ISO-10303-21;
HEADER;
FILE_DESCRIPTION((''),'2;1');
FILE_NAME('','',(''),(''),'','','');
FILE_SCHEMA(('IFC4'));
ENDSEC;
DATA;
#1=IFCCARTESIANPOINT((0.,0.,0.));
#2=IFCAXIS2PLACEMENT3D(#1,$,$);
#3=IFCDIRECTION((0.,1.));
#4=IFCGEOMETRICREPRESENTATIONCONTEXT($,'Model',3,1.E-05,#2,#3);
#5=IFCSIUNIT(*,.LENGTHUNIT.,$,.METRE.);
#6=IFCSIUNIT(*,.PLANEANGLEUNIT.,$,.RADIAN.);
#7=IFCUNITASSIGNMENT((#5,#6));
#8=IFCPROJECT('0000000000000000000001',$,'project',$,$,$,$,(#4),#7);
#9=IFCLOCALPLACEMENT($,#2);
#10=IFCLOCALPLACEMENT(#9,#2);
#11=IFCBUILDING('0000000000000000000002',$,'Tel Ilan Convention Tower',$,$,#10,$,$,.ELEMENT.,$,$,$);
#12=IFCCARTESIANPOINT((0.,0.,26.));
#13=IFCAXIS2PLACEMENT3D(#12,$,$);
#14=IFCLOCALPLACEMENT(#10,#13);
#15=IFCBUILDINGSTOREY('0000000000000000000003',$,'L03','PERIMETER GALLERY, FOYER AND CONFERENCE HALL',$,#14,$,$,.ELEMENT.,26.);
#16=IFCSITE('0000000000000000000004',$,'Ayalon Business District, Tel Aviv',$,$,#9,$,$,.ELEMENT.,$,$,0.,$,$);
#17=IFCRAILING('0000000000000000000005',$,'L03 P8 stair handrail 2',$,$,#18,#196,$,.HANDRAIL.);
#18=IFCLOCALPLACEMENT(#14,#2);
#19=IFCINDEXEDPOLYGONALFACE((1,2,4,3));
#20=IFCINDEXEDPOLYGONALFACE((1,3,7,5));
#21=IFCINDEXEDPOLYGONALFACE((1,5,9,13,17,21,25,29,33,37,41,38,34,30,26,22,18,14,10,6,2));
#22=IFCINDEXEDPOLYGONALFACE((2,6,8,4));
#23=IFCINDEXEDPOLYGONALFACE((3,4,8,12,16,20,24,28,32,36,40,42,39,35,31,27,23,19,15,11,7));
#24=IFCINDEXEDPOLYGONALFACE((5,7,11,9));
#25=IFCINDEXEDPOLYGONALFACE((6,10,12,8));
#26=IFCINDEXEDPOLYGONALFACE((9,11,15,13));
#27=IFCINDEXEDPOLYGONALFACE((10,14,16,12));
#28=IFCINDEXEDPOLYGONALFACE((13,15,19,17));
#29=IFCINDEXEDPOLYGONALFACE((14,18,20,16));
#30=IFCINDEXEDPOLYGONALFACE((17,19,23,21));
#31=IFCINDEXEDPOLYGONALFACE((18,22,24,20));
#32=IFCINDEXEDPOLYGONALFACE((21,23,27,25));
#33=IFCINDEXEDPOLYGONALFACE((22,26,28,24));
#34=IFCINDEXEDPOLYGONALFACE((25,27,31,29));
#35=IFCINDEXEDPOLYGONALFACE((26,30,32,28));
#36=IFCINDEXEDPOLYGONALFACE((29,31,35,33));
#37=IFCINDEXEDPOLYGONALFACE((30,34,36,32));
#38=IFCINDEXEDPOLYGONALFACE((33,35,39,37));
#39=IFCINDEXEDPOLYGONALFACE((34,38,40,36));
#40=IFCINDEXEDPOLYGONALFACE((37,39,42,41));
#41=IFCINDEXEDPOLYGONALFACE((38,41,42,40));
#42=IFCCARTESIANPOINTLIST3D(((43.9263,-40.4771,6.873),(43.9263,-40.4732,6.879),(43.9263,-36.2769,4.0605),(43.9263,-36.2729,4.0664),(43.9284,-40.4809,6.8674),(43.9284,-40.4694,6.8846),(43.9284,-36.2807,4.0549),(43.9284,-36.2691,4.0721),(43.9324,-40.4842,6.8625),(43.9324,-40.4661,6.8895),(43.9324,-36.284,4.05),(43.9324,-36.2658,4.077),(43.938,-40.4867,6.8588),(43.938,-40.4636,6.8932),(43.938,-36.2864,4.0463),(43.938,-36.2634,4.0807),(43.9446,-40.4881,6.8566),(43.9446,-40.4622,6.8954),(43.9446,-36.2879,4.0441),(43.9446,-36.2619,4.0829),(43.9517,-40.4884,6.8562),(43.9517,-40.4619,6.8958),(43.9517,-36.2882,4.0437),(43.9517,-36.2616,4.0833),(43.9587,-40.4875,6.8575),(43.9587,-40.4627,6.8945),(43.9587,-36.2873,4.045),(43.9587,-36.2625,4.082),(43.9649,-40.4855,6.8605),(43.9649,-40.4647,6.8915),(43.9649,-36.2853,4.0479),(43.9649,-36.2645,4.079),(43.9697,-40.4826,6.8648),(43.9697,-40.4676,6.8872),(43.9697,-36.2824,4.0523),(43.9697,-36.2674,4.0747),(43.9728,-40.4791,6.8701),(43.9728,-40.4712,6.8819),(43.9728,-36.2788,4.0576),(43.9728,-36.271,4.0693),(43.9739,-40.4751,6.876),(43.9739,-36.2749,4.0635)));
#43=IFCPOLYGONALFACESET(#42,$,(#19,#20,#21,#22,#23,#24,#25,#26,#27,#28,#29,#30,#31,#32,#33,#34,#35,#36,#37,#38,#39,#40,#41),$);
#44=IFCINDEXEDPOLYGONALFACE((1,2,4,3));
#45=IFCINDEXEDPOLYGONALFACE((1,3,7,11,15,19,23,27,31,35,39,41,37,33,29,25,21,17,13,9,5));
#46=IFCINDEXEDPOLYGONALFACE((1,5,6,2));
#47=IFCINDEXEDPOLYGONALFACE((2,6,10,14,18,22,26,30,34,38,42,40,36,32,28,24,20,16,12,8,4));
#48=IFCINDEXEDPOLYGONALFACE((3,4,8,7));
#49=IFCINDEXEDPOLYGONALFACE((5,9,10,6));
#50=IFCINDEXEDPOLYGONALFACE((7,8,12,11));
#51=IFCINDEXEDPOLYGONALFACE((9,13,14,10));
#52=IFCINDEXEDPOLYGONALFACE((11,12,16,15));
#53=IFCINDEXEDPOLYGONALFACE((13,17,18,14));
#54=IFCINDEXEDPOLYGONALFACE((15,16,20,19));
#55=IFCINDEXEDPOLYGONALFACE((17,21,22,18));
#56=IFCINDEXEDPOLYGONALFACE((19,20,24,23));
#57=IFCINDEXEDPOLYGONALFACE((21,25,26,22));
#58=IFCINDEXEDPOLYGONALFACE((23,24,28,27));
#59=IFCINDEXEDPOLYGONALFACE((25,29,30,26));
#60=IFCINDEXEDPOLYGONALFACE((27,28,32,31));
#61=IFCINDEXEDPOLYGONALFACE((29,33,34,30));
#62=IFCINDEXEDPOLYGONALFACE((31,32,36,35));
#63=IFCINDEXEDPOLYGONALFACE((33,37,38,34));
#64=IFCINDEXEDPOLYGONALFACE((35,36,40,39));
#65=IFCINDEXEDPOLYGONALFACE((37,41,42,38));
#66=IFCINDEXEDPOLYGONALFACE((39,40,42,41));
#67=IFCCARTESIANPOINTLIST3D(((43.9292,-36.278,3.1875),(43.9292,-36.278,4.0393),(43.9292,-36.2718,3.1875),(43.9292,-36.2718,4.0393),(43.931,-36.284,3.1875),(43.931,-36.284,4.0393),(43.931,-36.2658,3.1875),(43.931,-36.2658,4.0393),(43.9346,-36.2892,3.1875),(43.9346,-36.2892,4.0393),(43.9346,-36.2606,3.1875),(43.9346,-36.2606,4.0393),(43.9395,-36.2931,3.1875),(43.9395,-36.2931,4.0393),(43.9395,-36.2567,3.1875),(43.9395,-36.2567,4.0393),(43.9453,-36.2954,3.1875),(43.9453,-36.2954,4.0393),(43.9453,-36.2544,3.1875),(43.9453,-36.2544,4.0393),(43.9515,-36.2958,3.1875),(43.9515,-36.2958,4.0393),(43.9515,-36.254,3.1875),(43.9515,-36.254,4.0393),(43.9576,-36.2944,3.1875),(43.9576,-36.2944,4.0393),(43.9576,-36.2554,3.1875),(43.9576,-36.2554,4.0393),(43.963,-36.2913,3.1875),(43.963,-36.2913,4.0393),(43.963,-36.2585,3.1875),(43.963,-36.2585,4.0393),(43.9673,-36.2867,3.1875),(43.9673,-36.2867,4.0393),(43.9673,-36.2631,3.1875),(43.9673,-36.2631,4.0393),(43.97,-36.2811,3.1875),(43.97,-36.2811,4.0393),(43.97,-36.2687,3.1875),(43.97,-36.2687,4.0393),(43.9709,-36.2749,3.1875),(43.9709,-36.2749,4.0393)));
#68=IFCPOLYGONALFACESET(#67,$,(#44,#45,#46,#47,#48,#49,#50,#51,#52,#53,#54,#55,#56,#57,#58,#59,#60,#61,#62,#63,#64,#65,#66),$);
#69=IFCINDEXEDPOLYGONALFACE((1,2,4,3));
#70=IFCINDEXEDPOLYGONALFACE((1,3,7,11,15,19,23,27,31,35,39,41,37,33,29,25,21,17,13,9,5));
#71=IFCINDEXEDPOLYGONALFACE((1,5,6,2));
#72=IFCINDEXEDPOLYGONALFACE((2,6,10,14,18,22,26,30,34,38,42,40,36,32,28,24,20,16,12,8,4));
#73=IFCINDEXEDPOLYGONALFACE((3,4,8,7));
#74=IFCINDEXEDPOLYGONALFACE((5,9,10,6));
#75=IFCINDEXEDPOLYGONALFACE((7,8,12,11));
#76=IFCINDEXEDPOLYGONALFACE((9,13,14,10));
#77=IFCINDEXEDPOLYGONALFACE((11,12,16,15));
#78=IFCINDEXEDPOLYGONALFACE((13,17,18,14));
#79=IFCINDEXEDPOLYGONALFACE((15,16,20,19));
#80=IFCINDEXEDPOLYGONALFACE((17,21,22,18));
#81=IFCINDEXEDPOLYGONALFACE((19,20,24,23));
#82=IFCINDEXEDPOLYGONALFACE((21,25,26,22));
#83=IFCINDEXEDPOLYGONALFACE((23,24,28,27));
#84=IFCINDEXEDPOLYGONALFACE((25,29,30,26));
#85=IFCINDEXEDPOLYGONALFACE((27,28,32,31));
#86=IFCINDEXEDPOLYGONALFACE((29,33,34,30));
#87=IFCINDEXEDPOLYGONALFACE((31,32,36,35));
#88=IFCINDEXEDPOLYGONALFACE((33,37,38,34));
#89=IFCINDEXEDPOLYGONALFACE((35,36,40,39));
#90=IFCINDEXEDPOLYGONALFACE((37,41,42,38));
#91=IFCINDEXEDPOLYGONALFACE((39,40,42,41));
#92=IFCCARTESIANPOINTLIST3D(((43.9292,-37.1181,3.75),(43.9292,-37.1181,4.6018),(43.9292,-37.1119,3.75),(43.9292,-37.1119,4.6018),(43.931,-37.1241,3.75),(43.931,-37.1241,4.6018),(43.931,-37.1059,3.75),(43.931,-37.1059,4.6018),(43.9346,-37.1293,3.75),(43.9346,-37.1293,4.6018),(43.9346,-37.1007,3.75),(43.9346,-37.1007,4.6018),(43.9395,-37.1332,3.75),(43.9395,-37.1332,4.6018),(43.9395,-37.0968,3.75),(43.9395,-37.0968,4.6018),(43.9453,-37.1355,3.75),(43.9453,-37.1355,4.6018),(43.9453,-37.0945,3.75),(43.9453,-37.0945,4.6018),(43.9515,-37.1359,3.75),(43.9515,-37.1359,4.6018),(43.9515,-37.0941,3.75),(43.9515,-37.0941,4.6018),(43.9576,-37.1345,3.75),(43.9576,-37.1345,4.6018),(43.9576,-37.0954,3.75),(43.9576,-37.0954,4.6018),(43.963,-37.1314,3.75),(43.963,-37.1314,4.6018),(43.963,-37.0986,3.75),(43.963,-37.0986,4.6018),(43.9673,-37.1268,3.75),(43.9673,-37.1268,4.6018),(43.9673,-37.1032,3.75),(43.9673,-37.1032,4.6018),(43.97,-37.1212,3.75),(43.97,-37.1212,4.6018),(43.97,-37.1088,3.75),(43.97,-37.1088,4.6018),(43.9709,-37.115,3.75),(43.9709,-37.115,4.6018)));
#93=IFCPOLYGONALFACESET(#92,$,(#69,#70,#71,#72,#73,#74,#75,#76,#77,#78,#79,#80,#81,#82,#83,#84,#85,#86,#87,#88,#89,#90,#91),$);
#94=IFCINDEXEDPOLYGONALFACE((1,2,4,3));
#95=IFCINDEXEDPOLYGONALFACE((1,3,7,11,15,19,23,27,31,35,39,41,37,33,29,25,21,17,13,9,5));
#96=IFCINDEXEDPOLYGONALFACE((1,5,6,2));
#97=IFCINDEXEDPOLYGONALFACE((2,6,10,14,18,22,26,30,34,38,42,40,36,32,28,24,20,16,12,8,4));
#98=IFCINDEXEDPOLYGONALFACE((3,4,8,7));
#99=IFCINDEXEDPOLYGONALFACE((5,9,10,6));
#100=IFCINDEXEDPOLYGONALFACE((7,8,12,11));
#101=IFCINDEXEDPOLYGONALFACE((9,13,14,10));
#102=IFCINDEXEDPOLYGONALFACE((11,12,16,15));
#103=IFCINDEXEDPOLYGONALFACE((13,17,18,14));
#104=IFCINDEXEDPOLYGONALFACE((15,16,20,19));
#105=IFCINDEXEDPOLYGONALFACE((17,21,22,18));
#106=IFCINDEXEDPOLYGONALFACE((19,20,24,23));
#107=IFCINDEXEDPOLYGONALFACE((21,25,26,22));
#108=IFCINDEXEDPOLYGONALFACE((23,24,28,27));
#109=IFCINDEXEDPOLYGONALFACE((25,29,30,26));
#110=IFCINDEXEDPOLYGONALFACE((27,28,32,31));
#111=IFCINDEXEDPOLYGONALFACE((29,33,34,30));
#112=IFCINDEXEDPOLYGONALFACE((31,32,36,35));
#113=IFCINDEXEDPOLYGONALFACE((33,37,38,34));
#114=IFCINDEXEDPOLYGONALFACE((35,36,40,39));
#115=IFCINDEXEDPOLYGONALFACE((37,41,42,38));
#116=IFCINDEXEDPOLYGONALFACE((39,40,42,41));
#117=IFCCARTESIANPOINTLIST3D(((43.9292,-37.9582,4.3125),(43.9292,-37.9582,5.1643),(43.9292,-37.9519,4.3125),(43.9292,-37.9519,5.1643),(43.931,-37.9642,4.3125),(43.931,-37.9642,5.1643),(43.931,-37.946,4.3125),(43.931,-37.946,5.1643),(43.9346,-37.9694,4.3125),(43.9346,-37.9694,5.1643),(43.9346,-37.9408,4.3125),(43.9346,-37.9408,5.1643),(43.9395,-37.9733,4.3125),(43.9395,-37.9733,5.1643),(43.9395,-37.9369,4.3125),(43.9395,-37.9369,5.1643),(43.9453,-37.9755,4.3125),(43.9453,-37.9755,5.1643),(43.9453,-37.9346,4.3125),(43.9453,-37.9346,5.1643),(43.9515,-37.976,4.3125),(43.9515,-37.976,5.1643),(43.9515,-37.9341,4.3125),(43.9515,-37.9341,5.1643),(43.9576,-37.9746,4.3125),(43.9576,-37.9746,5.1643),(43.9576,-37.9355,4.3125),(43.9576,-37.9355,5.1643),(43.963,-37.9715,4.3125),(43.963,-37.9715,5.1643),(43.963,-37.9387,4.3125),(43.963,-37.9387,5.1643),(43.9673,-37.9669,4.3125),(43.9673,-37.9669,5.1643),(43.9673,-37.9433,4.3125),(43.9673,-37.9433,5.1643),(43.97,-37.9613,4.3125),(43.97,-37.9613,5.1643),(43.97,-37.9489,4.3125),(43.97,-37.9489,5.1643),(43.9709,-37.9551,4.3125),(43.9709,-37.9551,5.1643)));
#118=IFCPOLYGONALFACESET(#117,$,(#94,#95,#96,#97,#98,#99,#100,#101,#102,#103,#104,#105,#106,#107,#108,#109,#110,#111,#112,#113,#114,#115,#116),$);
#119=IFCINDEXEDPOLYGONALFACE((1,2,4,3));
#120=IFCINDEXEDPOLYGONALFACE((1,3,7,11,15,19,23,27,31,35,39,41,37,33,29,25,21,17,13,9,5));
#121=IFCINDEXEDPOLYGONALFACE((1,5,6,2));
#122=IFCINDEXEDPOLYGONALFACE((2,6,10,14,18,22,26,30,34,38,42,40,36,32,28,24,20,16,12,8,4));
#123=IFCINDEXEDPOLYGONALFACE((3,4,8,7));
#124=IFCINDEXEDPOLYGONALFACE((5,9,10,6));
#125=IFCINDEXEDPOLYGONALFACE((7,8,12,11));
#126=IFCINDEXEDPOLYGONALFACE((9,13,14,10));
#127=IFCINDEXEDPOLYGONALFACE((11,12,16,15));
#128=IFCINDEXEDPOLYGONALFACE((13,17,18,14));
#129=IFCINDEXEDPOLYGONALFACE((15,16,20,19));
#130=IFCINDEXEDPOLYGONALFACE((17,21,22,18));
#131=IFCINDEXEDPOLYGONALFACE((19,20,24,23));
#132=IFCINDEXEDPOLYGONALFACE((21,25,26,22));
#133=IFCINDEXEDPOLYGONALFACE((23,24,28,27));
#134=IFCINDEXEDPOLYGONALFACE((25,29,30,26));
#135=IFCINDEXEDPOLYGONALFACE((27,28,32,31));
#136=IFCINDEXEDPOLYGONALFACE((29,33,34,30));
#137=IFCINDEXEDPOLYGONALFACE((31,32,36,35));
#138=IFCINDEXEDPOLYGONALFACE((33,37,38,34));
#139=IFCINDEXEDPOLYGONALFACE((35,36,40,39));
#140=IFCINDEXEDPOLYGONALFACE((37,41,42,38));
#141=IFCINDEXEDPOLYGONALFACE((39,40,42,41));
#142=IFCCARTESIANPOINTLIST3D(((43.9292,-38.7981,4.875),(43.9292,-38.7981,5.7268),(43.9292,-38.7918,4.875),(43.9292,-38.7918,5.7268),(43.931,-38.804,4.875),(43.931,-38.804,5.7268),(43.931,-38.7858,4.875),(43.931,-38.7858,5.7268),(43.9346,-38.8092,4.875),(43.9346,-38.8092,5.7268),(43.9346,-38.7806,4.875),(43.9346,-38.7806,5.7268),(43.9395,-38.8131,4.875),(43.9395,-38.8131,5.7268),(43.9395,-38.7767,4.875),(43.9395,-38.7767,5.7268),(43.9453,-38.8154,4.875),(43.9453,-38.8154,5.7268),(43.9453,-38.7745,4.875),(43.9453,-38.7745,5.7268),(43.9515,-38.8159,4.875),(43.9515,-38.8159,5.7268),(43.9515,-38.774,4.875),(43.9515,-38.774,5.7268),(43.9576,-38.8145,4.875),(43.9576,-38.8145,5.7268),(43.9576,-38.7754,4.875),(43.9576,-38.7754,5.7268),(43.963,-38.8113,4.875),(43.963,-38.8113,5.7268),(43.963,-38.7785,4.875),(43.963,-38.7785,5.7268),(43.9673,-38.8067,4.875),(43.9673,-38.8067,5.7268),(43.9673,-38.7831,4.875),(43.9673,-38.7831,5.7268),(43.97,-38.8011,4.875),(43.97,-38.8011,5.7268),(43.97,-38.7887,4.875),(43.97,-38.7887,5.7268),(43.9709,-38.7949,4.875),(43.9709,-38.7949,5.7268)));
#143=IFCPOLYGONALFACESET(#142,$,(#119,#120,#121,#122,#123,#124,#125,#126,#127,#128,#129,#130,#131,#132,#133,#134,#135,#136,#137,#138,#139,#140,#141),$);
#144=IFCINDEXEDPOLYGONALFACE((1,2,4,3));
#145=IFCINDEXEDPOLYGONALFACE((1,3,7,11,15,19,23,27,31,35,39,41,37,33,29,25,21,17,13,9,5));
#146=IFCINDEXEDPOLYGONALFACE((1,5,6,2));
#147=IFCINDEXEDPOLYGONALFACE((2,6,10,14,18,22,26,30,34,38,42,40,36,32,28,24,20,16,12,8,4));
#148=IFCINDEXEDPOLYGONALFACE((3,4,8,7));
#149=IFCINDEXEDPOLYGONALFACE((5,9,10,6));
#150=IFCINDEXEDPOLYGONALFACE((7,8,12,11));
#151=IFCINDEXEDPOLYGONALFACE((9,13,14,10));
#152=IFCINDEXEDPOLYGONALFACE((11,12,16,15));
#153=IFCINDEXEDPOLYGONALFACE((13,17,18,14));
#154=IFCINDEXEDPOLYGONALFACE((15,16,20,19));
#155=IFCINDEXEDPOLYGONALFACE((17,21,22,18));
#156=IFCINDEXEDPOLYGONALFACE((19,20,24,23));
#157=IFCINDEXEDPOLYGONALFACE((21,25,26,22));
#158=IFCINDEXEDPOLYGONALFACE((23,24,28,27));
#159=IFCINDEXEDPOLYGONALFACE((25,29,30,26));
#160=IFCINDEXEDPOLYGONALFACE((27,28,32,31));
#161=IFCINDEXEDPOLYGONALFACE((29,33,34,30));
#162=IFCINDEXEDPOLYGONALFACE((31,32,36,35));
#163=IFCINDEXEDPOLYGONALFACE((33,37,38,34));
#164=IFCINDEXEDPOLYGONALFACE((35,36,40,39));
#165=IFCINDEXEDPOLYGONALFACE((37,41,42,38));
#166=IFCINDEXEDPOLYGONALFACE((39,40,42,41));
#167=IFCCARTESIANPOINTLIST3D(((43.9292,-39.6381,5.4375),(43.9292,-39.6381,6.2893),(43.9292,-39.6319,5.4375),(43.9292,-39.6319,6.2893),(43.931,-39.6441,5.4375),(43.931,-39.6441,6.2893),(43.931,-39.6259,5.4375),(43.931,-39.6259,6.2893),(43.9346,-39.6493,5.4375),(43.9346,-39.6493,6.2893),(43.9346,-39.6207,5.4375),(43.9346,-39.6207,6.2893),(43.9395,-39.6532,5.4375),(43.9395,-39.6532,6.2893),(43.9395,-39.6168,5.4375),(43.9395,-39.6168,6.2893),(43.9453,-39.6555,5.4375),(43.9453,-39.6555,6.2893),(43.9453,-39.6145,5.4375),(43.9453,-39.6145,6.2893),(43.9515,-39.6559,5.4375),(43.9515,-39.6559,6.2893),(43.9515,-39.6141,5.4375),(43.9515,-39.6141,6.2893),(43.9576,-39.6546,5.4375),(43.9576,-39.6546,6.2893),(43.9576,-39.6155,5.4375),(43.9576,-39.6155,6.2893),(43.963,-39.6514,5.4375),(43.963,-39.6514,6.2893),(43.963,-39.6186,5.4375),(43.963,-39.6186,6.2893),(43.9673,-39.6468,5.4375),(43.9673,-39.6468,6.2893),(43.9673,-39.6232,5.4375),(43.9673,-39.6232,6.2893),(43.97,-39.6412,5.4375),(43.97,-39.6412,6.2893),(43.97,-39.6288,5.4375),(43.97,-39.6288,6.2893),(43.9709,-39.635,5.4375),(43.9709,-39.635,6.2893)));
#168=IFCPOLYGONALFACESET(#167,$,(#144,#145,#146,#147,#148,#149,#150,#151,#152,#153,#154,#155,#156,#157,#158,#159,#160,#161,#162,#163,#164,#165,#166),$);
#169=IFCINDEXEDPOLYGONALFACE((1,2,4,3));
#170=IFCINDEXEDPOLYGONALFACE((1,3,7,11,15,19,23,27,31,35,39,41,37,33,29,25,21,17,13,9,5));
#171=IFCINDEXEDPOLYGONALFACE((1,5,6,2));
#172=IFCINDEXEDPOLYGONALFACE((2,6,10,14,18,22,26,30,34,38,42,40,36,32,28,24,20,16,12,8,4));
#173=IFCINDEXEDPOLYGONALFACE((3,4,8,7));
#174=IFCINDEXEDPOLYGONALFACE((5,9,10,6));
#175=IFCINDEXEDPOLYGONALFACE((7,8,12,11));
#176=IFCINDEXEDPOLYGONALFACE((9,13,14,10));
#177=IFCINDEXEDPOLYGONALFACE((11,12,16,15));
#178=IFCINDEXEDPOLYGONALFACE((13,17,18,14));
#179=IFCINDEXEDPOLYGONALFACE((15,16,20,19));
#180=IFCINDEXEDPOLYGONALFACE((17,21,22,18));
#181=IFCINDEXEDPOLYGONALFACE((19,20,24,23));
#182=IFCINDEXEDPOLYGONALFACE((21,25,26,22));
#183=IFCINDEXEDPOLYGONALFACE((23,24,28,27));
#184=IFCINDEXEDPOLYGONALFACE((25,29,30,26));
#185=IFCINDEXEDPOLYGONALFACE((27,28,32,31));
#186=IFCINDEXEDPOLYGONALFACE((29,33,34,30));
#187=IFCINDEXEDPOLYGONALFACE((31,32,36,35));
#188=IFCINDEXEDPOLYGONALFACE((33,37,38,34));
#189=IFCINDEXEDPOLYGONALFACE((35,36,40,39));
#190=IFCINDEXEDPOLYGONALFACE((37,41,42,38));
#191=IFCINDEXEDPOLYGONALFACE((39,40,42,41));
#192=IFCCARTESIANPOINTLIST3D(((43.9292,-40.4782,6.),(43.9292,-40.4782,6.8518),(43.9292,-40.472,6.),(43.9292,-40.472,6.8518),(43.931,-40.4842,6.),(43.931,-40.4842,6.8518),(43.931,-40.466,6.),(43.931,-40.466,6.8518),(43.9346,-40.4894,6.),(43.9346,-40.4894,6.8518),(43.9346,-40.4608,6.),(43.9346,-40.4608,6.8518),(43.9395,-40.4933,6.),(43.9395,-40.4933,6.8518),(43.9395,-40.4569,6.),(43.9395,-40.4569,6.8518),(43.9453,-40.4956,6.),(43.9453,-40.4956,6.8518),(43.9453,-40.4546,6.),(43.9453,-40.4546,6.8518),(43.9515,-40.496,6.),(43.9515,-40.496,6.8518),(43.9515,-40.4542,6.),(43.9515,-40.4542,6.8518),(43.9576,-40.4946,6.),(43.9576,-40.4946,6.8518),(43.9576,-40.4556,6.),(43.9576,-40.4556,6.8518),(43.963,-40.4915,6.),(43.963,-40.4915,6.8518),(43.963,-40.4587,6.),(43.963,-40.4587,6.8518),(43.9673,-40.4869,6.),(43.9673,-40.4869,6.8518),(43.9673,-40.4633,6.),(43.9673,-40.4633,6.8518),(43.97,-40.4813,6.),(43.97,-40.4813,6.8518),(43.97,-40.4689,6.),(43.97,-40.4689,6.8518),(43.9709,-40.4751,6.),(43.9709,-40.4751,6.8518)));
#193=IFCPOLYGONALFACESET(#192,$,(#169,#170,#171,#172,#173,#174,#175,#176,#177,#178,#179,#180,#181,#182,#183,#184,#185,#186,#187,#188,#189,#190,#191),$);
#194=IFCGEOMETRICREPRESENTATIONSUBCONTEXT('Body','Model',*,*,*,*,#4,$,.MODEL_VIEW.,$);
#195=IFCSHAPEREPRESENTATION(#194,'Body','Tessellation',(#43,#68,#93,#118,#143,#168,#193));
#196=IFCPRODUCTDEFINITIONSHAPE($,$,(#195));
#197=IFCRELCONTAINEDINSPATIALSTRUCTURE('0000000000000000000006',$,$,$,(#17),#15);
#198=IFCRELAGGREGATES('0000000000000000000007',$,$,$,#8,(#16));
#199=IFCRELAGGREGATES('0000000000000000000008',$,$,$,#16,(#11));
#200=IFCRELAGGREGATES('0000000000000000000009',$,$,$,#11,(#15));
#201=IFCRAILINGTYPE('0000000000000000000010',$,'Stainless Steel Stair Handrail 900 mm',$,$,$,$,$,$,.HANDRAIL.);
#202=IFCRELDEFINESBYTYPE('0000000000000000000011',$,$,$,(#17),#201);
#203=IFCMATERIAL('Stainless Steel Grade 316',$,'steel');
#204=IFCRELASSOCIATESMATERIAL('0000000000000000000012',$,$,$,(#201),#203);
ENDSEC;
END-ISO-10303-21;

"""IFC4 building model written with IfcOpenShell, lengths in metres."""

from ifc_helpers import new_model, si_unit, direction, frame, origin, origin_2d, place, context, subcontext, project, spatial, circle, extrude, material, type_object, element, save


model = new_model("IFC4")

# Units and contexts
model_context = context("Model", 3, precision=1e-05, world=origin(), true_north=direction((0.0, 1.0)))
body_context = subcontext(model_context, "Body", "Model", "MODEL_VIEW")
ifc_project = project(units=[si_unit("LENGTHUNIT", "METRE"), si_unit("PLANEANGLEUNIT", "RADIAN")], contexts=[model_context])

# Site, building, storey
site_placement = place(None, origin())
site = spatial("IfcSite", under=ifc_project, at=site_placement, Name="Ayalon Business District, Tel Aviv", CompositionType="ELEMENT", RefElevation=0.0)
building_placement = place(site_placement, origin())
building = spatial("IfcBuilding", under=site, at=building_placement, Name="Tel Ilan Convention Tower", CompositionType="ELEMENT")
storey_placement = place(building_placement, frame((0.0, 0.0, 26.0)))
storey = spatial("IfcBuildingStorey", under=building, at=storey_placement, Name="L03", Description="PERIMETER GALLERY, FOYER AND CONFERENCE HALL", CompositionType="ELEMENT", Elevation=26.0)

# Railing
ifc_material_1 = material(Name="Stainless Steel Grade 316", Category="steel")
railing_type_1 = type_object("IfcRailingType", Name="Stainless Steel Stair Handrail 900 mm", PredefinedType="HANDRAIL", material=ifc_material_1)
railing_1_placement = place(storey_placement, frame((43.95, -36.2749, 3.1875)))
element("IfcRailing", 1, at=railing_1_placement, inside=storey, type_object=railing_type_1, Name="L03 P8 stair handrail 2", PredefinedType="HANDRAIL", context=body_context, shape_type="SweptSolid", body=[
    extrude(circle(Radius=0.0239, at=origin_2d()), frame((0.0, 0.0, 0.876), z_axis=(0.0, -0.830919, 0.556393), x_axis=(1.0, 0.0, 0.0)), (0.0, 0.0, 1.0), 5.0549),
    extrude(circle(Radius=0.021, at=origin_2d()), origin(), (0.0, 0.0, 1.0), 0.8518),
    extrude(circle(Radius=0.021, at=origin_2d()), frame((0.0, -0.8401, 0.5625)), (0.0, 0.0, 1.0), 0.8518),
    extrude(circle(Radius=0.021, at=origin_2d()), frame((0.0, -1.6802, 1.125)), (0.0, 0.0, 1.0), 0.8518),
    extrude(circle(Radius=0.021, at=origin_2d()), frame((0.0, -2.52, 1.6875)), (0.0, 0.0, 1.0), 0.8518),
    extrude(circle(Radius=0.021, at=origin_2d()), frame((0.0, -3.3601, 2.25)), (0.0, 0.0, 1.0), 0.8518),
    extrude(circle(Radius=0.021, at=origin_2d()), frame((0.0, -4.2002, 2.8125)), (0.0, 0.0, 1.0), 0.8518),
])

save(model, "model.ifc")
